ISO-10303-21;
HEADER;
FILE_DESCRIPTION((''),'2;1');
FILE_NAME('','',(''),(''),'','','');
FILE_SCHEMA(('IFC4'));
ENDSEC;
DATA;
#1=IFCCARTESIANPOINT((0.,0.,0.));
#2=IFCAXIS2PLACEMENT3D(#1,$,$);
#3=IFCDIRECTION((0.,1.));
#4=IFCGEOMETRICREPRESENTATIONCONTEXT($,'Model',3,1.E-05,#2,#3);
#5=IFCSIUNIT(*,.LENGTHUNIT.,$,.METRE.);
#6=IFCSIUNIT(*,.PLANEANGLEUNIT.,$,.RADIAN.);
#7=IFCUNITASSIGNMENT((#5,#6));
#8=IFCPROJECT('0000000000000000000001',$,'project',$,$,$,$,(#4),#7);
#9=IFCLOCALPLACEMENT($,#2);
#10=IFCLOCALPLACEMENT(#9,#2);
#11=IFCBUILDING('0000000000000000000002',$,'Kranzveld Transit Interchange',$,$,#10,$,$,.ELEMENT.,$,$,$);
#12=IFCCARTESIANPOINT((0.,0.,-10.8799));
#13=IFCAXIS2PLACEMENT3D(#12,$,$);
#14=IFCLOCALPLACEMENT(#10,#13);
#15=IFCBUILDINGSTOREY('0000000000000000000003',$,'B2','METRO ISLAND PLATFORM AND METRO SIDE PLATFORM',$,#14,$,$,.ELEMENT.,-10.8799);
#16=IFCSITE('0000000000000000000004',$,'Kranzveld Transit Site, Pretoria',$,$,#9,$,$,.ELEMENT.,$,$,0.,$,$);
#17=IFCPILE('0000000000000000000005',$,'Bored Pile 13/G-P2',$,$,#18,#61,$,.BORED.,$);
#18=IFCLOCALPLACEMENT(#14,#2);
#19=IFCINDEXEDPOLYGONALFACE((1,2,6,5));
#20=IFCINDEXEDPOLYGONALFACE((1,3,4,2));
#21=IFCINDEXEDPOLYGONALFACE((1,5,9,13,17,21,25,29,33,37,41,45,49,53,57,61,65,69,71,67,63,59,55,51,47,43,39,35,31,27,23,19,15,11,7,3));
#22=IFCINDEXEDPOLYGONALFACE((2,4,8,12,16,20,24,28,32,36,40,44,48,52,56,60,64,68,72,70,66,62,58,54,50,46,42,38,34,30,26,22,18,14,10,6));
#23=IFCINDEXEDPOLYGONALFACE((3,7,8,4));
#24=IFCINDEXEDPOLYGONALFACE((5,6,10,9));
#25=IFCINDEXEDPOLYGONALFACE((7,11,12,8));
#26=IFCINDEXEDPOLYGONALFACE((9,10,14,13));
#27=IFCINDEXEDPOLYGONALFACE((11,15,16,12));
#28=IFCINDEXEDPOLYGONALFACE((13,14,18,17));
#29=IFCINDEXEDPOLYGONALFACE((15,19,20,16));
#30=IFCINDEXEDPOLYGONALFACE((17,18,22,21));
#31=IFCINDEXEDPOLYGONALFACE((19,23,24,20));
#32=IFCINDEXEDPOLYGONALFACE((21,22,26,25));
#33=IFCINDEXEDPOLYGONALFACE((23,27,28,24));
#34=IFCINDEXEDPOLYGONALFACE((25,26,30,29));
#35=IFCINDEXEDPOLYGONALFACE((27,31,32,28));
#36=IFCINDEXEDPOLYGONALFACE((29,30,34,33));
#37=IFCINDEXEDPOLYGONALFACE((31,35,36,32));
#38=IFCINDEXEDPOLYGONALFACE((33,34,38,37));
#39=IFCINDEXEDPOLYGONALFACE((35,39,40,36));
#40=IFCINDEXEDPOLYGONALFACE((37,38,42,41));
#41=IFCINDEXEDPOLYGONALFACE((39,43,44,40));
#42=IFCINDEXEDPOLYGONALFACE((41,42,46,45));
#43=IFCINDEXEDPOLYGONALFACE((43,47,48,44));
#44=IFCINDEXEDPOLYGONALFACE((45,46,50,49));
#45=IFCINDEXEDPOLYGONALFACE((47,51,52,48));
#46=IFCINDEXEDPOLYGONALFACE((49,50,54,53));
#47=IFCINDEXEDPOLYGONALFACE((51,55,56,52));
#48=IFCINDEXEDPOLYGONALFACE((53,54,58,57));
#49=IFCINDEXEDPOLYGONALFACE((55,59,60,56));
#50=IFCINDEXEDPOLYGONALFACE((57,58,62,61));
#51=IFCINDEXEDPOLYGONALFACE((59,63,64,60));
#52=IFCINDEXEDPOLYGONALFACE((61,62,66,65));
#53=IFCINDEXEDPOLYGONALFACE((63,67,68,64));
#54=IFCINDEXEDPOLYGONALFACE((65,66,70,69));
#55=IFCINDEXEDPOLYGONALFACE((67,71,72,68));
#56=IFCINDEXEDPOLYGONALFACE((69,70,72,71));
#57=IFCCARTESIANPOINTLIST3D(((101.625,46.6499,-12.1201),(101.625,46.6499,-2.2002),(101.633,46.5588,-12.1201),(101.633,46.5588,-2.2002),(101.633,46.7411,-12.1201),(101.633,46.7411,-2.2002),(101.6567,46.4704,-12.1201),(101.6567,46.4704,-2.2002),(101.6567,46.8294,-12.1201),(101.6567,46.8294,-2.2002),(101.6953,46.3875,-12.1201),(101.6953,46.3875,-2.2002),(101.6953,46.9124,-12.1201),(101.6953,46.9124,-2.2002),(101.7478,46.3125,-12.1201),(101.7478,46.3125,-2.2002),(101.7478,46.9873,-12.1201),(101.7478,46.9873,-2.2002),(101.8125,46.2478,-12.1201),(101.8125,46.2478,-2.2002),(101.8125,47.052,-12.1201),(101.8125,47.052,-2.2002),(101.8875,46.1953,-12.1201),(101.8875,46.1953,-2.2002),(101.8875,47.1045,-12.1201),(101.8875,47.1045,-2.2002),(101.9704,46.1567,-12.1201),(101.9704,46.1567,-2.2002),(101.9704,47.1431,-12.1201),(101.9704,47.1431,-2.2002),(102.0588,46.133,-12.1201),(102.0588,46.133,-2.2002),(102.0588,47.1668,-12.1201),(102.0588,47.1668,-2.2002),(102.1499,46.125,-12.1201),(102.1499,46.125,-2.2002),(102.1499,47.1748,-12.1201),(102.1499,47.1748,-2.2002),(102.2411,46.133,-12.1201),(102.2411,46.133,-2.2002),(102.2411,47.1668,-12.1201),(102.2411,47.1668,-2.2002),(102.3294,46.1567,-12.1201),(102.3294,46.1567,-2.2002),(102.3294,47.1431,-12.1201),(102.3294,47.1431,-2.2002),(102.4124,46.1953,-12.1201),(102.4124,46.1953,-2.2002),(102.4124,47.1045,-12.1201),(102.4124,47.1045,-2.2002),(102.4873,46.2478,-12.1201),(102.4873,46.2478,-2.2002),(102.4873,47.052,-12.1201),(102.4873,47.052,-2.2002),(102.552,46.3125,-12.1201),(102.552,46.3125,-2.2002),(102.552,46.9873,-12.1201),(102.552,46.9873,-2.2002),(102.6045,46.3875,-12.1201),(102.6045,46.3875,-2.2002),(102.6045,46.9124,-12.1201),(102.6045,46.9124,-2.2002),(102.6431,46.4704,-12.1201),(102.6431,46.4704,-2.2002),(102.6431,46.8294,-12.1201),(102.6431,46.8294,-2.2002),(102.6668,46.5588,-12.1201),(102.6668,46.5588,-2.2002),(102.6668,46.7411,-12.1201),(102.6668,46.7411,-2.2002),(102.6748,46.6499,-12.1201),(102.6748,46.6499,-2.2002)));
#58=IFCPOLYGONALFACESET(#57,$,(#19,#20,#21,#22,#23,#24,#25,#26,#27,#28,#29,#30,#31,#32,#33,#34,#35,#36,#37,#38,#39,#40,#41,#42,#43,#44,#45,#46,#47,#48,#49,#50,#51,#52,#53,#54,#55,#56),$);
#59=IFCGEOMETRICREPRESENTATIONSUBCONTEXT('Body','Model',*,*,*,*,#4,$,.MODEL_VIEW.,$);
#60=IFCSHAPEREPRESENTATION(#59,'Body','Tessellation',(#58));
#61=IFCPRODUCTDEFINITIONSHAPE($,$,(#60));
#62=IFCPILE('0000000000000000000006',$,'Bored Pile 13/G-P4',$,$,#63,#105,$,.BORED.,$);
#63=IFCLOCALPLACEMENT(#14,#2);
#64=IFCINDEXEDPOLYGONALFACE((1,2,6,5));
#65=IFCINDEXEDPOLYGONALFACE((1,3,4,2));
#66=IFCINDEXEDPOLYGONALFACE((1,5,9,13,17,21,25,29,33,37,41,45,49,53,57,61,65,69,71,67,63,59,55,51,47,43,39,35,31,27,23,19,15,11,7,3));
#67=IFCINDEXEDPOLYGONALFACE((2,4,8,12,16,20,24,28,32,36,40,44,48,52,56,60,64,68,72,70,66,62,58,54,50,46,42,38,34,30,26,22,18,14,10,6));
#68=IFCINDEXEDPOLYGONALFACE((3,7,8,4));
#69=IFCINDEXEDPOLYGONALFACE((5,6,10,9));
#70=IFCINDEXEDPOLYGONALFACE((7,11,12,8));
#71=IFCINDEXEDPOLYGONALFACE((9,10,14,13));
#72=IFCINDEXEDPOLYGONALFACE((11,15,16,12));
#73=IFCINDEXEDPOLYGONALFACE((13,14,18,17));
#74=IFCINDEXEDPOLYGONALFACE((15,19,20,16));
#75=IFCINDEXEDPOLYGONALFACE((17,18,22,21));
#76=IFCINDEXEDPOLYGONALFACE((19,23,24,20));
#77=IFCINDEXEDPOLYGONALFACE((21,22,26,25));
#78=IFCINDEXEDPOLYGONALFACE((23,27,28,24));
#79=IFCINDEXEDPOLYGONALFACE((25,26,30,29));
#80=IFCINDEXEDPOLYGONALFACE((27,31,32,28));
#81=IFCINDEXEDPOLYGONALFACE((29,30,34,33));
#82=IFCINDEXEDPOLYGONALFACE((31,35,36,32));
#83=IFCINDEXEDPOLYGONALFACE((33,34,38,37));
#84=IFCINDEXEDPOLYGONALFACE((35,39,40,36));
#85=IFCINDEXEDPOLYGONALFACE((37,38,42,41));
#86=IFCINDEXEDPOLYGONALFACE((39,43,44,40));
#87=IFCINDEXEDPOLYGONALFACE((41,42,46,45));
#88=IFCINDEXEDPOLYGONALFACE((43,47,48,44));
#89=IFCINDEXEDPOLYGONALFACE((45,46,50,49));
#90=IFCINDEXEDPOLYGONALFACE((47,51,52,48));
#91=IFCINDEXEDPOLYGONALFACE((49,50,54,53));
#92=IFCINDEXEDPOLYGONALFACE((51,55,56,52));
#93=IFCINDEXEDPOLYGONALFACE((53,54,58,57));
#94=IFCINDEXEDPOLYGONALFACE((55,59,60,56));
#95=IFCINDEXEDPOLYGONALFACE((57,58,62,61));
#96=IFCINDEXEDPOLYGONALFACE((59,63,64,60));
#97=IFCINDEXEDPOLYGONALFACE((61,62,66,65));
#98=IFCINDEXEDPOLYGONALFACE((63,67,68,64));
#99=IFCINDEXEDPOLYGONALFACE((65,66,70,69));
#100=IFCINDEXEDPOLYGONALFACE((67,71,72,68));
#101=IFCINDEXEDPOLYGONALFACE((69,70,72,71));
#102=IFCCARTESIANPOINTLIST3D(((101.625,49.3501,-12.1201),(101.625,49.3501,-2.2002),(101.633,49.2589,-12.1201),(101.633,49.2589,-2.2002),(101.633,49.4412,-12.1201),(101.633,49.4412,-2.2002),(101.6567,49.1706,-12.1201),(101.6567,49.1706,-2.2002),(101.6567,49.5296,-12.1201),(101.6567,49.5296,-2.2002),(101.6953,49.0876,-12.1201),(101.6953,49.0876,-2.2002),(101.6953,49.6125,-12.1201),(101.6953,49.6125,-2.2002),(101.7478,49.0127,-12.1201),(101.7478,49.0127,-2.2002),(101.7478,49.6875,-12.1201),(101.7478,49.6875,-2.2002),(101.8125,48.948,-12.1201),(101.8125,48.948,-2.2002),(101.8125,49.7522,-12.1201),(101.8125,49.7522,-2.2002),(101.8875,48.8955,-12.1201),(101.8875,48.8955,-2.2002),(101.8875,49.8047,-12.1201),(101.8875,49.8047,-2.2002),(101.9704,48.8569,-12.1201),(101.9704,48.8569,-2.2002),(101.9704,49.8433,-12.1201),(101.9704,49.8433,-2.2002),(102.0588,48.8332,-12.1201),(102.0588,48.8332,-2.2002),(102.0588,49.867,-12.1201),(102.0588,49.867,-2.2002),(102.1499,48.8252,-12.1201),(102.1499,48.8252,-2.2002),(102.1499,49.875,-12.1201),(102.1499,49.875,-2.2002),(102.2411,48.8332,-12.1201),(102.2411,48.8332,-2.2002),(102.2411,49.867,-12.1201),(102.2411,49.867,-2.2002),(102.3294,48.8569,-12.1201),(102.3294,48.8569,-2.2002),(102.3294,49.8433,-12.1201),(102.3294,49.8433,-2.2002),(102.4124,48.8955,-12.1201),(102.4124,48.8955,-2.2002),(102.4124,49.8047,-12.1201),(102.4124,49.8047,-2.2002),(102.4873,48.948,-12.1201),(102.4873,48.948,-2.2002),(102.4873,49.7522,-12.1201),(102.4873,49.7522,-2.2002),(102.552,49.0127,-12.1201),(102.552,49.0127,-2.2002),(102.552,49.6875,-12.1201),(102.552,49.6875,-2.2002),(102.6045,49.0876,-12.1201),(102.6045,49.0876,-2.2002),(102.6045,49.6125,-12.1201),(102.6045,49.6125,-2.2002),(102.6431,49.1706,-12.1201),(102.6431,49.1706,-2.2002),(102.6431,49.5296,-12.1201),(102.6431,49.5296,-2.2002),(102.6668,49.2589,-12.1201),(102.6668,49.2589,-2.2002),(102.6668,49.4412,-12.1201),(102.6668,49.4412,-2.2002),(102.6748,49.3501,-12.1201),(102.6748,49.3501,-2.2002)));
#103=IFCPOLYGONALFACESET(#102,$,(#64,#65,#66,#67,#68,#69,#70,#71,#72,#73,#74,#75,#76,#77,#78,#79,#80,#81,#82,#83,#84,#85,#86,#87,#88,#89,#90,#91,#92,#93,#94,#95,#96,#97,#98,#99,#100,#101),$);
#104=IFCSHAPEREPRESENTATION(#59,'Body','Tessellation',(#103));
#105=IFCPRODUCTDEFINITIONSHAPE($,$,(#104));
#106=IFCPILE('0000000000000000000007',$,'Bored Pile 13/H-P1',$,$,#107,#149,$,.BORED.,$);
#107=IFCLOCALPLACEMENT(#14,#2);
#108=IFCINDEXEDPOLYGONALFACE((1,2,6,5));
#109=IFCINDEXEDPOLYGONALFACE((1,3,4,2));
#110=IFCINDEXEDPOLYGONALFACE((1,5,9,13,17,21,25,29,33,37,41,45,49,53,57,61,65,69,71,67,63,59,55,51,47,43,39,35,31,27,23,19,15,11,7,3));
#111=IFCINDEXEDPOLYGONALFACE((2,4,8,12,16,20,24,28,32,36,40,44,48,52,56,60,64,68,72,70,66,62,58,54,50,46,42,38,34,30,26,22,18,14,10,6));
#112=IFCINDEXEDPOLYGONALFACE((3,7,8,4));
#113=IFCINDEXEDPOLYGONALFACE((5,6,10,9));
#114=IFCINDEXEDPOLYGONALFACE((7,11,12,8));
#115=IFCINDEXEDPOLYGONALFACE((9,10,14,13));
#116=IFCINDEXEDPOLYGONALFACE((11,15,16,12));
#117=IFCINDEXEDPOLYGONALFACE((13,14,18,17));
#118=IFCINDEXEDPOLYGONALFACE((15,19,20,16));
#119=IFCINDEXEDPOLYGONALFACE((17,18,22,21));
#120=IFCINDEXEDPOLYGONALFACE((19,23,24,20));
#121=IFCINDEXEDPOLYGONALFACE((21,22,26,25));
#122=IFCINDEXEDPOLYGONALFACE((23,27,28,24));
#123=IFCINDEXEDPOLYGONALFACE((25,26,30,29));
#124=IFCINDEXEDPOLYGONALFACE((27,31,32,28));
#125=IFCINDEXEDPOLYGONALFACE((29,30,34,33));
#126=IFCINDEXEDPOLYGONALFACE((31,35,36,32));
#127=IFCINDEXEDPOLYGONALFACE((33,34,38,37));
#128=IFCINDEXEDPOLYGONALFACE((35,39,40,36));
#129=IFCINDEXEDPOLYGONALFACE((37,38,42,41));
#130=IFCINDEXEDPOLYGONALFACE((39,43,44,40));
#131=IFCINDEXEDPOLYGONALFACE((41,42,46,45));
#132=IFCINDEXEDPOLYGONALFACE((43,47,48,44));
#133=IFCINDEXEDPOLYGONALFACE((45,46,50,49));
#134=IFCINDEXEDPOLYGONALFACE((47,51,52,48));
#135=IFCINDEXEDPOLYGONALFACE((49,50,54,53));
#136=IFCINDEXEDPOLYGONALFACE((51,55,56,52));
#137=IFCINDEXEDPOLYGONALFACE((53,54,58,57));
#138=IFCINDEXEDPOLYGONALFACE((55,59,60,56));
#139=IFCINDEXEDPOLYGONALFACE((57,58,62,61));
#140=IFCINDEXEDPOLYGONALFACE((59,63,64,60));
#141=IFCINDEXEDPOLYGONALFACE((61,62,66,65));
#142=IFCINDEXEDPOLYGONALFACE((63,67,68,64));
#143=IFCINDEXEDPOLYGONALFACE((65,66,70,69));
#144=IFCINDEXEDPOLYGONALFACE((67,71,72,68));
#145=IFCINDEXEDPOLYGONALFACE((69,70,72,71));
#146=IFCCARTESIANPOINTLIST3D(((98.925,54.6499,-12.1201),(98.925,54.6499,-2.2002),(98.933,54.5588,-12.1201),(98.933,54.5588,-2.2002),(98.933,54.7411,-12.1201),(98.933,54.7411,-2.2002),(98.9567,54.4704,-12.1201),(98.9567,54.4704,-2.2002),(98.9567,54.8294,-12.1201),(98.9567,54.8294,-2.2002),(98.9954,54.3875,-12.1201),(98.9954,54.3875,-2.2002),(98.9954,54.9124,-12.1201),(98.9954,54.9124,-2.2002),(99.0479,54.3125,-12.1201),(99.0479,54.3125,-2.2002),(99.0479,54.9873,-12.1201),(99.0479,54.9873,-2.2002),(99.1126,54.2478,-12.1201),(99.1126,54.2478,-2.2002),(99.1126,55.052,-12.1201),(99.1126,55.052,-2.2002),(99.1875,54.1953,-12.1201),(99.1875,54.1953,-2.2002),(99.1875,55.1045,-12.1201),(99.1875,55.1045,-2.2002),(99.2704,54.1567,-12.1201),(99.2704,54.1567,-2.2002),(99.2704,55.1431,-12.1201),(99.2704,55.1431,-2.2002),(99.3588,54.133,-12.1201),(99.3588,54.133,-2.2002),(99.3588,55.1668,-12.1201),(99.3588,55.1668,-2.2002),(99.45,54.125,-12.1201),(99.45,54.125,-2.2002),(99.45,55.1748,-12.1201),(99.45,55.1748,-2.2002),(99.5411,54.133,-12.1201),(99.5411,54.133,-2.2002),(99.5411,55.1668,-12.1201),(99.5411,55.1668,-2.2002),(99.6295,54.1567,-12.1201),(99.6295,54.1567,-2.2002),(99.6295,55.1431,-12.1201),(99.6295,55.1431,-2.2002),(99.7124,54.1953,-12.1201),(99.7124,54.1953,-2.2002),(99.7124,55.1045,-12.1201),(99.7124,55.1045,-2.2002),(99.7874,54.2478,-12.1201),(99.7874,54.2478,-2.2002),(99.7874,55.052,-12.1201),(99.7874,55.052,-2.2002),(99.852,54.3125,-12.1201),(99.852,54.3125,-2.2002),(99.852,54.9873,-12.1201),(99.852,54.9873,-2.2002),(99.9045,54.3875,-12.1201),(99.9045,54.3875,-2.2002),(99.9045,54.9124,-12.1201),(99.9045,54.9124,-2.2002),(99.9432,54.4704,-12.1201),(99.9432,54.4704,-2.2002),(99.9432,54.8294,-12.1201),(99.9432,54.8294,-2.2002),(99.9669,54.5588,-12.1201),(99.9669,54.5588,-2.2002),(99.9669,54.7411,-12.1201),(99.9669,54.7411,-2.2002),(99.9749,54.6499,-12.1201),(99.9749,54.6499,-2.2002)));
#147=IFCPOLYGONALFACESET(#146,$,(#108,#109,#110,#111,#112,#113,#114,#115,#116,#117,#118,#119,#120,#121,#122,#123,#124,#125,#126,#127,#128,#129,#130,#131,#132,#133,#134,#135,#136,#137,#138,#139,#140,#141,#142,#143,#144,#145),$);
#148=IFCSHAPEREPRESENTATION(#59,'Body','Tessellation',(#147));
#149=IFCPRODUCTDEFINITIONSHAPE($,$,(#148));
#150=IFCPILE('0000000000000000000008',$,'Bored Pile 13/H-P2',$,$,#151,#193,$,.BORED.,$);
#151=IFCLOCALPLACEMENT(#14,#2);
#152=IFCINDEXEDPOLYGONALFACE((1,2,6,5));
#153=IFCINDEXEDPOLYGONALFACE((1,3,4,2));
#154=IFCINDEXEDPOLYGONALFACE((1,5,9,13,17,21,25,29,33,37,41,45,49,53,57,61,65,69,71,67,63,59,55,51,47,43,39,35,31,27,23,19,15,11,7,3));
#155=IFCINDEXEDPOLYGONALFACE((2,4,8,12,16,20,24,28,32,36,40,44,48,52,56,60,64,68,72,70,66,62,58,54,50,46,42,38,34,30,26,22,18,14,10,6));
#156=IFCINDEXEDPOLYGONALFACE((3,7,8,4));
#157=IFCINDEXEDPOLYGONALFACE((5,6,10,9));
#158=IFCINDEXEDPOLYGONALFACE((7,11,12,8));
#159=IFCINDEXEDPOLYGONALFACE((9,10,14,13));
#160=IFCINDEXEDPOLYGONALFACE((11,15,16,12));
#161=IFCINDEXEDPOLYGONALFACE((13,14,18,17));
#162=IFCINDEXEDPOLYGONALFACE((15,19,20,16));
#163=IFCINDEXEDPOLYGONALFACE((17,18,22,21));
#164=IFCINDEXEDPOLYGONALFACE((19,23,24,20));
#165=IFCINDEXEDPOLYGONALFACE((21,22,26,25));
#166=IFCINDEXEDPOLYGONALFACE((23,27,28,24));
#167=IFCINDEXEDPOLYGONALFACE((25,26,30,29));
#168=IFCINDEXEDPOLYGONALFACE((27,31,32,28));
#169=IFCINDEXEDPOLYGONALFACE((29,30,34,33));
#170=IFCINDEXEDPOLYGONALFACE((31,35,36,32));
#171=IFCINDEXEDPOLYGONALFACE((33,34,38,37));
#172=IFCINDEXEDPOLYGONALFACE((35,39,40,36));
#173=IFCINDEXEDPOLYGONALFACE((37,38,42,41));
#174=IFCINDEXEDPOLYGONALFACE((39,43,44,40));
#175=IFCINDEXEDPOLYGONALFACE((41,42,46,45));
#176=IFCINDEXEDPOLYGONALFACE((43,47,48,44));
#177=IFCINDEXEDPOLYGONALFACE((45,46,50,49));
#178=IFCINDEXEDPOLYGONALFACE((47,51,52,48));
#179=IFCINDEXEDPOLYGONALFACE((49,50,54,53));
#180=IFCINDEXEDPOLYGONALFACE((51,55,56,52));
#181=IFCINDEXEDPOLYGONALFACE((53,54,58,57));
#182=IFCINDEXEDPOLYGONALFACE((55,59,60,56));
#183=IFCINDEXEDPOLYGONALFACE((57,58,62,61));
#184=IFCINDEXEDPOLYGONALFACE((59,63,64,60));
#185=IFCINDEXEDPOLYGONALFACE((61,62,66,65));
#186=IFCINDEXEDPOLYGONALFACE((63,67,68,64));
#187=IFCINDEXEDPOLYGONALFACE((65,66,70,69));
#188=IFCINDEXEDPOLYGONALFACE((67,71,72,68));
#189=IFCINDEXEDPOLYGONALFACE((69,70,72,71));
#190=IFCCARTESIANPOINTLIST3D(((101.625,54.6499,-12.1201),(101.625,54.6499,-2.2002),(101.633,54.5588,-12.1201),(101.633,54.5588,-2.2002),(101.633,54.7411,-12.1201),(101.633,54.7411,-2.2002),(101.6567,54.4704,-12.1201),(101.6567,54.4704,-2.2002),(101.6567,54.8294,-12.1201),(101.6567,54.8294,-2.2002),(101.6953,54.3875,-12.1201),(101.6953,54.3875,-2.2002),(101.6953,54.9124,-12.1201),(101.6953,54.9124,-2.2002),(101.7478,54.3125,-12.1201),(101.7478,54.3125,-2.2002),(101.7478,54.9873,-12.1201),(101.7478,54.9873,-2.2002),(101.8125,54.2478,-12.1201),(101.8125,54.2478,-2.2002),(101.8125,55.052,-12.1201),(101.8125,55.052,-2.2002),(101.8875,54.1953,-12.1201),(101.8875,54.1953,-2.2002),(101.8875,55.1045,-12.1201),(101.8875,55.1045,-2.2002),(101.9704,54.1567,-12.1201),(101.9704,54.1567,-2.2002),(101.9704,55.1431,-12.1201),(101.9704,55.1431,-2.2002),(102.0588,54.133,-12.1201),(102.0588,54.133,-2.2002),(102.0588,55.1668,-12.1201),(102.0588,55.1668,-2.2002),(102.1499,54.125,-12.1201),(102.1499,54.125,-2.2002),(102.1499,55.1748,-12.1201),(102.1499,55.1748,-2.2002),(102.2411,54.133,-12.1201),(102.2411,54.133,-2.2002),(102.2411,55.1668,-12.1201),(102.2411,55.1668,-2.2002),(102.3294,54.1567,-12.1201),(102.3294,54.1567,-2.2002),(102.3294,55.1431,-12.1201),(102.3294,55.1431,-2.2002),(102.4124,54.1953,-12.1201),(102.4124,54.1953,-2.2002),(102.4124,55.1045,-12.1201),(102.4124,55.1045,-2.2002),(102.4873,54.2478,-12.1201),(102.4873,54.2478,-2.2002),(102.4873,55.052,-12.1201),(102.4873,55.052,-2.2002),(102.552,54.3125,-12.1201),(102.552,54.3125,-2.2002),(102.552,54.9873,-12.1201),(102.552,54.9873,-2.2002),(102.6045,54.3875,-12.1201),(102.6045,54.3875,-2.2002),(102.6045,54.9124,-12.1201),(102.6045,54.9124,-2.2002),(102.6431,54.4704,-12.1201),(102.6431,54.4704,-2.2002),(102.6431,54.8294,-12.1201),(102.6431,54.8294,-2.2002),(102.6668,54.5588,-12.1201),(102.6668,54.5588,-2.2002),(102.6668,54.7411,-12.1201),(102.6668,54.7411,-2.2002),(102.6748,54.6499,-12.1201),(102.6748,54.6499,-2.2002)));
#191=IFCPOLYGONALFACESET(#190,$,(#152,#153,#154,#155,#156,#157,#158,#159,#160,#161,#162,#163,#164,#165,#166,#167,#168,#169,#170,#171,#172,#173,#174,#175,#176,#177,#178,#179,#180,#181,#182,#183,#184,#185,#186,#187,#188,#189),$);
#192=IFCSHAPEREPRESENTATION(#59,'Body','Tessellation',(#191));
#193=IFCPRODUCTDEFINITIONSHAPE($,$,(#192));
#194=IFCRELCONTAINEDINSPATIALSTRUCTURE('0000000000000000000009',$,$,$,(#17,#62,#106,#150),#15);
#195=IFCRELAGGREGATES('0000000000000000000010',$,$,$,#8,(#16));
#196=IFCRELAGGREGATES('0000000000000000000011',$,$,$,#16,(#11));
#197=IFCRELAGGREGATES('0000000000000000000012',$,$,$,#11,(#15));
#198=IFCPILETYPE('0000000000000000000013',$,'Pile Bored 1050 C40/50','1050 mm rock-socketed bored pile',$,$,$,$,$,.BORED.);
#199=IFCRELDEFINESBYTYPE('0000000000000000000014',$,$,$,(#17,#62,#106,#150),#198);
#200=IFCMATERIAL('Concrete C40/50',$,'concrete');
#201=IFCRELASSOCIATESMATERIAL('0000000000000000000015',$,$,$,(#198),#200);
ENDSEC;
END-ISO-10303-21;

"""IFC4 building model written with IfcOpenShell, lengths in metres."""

from ifc_helpers import new_model, si_unit, direction, frame, origin, origin_2d, place, context, subcontext, project, spatial, circle, extrude, material, material_profile, profile_set, type_object, element, save


model = new_model("IFC4")

# Units and contexts
model_context = context("Model", 3, precision=1e-05, world=origin(), true_north=direction((0.0, 1.0)))
body_context = subcontext(model_context, "Body", "Model", "MODEL_VIEW")
ifc_project = project(units=[si_unit("LENGTHUNIT", "METRE"), si_unit("PLANEANGLEUNIT", "RADIAN")], contexts=[model_context])

# Site, building, storey
site_placement = place(None, origin())
site = spatial("IfcSite", under=ifc_project, at=site_placement, Name="Kranzveld Transit Site, Pretoria", CompositionType="ELEMENT", RefElevation=0.0)
building_placement = place(site_placement, origin())
building = spatial("IfcBuilding", under=site, at=building_placement, Name="Kranzveld Transit Interchange", CompositionType="ELEMENT")
storey_placement = place(building_placement, frame((0.0, 0.0, -10.8799)))
storey = spatial("IfcBuildingStorey", under=building, at=storey_placement, Name="B2", Description="METRO ISLAND PLATFORM AND METRO SIDE PLATFORM", CompositionType="ELEMENT", Elevation=-10.8799)

# Piles
ifc_material_1 = material(Name="Concrete C40/50", Category="concrete")
ifc_material_profile_1 = material_profile(ifc_material_1, circle(Radius=0.5249, at=origin_2d()), Name="BORED PILE 1050")
ifc_profile_set_1 = profile_set([ifc_material_profile_1], Name="Concrete C40/50")
pile_type = type_object("IfcPileType", Name="Pile Bored 1050 C40/50", Description="1050 mm rock-socketed bored pile", PredefinedType="BORED", material=ifc_profile_set_1)
for number, where, z_axis, x_axis, name in (
    (1, (102.1499, 46.6499, -2.2002), (0.0, 0.0, -1.0), (1.0, 0.0, 0.0), "Bored Pile 13/G-P2"),
    (2, (102.1499, 49.3501, -2.2002), (0.0, 0.0, -1.0), (1.0, 0.0, 0.0), "Bored Pile 13/G-P4"),
    (3, (99.45, 54.6499, -2.2002), (0.0, 0.0, -1.0), (1.0, 0.0, 0.0), "Bored Pile 13/H-P1"),
    (4, (102.1499, 54.6499, -2.2002), (0.0, 0.0, -1.0), (1.0, 0.0, 0.0), "Bored Pile 13/H-P2"),
):
    element("IfcPile", number, at=place(storey_placement, frame(where, z_axis=z_axis, x_axis=x_axis)), inside=storey, type_object=pile_type, Name=name, PredefinedType="BORED", context=body_context, shape_type="SweptSolid", body=[
        extrude(circle(Radius=0.5249, at=origin_2d()), origin(), (0.0, 0.0, 1.0), 9.9199),
    ])

save(model, "model.ifc")
